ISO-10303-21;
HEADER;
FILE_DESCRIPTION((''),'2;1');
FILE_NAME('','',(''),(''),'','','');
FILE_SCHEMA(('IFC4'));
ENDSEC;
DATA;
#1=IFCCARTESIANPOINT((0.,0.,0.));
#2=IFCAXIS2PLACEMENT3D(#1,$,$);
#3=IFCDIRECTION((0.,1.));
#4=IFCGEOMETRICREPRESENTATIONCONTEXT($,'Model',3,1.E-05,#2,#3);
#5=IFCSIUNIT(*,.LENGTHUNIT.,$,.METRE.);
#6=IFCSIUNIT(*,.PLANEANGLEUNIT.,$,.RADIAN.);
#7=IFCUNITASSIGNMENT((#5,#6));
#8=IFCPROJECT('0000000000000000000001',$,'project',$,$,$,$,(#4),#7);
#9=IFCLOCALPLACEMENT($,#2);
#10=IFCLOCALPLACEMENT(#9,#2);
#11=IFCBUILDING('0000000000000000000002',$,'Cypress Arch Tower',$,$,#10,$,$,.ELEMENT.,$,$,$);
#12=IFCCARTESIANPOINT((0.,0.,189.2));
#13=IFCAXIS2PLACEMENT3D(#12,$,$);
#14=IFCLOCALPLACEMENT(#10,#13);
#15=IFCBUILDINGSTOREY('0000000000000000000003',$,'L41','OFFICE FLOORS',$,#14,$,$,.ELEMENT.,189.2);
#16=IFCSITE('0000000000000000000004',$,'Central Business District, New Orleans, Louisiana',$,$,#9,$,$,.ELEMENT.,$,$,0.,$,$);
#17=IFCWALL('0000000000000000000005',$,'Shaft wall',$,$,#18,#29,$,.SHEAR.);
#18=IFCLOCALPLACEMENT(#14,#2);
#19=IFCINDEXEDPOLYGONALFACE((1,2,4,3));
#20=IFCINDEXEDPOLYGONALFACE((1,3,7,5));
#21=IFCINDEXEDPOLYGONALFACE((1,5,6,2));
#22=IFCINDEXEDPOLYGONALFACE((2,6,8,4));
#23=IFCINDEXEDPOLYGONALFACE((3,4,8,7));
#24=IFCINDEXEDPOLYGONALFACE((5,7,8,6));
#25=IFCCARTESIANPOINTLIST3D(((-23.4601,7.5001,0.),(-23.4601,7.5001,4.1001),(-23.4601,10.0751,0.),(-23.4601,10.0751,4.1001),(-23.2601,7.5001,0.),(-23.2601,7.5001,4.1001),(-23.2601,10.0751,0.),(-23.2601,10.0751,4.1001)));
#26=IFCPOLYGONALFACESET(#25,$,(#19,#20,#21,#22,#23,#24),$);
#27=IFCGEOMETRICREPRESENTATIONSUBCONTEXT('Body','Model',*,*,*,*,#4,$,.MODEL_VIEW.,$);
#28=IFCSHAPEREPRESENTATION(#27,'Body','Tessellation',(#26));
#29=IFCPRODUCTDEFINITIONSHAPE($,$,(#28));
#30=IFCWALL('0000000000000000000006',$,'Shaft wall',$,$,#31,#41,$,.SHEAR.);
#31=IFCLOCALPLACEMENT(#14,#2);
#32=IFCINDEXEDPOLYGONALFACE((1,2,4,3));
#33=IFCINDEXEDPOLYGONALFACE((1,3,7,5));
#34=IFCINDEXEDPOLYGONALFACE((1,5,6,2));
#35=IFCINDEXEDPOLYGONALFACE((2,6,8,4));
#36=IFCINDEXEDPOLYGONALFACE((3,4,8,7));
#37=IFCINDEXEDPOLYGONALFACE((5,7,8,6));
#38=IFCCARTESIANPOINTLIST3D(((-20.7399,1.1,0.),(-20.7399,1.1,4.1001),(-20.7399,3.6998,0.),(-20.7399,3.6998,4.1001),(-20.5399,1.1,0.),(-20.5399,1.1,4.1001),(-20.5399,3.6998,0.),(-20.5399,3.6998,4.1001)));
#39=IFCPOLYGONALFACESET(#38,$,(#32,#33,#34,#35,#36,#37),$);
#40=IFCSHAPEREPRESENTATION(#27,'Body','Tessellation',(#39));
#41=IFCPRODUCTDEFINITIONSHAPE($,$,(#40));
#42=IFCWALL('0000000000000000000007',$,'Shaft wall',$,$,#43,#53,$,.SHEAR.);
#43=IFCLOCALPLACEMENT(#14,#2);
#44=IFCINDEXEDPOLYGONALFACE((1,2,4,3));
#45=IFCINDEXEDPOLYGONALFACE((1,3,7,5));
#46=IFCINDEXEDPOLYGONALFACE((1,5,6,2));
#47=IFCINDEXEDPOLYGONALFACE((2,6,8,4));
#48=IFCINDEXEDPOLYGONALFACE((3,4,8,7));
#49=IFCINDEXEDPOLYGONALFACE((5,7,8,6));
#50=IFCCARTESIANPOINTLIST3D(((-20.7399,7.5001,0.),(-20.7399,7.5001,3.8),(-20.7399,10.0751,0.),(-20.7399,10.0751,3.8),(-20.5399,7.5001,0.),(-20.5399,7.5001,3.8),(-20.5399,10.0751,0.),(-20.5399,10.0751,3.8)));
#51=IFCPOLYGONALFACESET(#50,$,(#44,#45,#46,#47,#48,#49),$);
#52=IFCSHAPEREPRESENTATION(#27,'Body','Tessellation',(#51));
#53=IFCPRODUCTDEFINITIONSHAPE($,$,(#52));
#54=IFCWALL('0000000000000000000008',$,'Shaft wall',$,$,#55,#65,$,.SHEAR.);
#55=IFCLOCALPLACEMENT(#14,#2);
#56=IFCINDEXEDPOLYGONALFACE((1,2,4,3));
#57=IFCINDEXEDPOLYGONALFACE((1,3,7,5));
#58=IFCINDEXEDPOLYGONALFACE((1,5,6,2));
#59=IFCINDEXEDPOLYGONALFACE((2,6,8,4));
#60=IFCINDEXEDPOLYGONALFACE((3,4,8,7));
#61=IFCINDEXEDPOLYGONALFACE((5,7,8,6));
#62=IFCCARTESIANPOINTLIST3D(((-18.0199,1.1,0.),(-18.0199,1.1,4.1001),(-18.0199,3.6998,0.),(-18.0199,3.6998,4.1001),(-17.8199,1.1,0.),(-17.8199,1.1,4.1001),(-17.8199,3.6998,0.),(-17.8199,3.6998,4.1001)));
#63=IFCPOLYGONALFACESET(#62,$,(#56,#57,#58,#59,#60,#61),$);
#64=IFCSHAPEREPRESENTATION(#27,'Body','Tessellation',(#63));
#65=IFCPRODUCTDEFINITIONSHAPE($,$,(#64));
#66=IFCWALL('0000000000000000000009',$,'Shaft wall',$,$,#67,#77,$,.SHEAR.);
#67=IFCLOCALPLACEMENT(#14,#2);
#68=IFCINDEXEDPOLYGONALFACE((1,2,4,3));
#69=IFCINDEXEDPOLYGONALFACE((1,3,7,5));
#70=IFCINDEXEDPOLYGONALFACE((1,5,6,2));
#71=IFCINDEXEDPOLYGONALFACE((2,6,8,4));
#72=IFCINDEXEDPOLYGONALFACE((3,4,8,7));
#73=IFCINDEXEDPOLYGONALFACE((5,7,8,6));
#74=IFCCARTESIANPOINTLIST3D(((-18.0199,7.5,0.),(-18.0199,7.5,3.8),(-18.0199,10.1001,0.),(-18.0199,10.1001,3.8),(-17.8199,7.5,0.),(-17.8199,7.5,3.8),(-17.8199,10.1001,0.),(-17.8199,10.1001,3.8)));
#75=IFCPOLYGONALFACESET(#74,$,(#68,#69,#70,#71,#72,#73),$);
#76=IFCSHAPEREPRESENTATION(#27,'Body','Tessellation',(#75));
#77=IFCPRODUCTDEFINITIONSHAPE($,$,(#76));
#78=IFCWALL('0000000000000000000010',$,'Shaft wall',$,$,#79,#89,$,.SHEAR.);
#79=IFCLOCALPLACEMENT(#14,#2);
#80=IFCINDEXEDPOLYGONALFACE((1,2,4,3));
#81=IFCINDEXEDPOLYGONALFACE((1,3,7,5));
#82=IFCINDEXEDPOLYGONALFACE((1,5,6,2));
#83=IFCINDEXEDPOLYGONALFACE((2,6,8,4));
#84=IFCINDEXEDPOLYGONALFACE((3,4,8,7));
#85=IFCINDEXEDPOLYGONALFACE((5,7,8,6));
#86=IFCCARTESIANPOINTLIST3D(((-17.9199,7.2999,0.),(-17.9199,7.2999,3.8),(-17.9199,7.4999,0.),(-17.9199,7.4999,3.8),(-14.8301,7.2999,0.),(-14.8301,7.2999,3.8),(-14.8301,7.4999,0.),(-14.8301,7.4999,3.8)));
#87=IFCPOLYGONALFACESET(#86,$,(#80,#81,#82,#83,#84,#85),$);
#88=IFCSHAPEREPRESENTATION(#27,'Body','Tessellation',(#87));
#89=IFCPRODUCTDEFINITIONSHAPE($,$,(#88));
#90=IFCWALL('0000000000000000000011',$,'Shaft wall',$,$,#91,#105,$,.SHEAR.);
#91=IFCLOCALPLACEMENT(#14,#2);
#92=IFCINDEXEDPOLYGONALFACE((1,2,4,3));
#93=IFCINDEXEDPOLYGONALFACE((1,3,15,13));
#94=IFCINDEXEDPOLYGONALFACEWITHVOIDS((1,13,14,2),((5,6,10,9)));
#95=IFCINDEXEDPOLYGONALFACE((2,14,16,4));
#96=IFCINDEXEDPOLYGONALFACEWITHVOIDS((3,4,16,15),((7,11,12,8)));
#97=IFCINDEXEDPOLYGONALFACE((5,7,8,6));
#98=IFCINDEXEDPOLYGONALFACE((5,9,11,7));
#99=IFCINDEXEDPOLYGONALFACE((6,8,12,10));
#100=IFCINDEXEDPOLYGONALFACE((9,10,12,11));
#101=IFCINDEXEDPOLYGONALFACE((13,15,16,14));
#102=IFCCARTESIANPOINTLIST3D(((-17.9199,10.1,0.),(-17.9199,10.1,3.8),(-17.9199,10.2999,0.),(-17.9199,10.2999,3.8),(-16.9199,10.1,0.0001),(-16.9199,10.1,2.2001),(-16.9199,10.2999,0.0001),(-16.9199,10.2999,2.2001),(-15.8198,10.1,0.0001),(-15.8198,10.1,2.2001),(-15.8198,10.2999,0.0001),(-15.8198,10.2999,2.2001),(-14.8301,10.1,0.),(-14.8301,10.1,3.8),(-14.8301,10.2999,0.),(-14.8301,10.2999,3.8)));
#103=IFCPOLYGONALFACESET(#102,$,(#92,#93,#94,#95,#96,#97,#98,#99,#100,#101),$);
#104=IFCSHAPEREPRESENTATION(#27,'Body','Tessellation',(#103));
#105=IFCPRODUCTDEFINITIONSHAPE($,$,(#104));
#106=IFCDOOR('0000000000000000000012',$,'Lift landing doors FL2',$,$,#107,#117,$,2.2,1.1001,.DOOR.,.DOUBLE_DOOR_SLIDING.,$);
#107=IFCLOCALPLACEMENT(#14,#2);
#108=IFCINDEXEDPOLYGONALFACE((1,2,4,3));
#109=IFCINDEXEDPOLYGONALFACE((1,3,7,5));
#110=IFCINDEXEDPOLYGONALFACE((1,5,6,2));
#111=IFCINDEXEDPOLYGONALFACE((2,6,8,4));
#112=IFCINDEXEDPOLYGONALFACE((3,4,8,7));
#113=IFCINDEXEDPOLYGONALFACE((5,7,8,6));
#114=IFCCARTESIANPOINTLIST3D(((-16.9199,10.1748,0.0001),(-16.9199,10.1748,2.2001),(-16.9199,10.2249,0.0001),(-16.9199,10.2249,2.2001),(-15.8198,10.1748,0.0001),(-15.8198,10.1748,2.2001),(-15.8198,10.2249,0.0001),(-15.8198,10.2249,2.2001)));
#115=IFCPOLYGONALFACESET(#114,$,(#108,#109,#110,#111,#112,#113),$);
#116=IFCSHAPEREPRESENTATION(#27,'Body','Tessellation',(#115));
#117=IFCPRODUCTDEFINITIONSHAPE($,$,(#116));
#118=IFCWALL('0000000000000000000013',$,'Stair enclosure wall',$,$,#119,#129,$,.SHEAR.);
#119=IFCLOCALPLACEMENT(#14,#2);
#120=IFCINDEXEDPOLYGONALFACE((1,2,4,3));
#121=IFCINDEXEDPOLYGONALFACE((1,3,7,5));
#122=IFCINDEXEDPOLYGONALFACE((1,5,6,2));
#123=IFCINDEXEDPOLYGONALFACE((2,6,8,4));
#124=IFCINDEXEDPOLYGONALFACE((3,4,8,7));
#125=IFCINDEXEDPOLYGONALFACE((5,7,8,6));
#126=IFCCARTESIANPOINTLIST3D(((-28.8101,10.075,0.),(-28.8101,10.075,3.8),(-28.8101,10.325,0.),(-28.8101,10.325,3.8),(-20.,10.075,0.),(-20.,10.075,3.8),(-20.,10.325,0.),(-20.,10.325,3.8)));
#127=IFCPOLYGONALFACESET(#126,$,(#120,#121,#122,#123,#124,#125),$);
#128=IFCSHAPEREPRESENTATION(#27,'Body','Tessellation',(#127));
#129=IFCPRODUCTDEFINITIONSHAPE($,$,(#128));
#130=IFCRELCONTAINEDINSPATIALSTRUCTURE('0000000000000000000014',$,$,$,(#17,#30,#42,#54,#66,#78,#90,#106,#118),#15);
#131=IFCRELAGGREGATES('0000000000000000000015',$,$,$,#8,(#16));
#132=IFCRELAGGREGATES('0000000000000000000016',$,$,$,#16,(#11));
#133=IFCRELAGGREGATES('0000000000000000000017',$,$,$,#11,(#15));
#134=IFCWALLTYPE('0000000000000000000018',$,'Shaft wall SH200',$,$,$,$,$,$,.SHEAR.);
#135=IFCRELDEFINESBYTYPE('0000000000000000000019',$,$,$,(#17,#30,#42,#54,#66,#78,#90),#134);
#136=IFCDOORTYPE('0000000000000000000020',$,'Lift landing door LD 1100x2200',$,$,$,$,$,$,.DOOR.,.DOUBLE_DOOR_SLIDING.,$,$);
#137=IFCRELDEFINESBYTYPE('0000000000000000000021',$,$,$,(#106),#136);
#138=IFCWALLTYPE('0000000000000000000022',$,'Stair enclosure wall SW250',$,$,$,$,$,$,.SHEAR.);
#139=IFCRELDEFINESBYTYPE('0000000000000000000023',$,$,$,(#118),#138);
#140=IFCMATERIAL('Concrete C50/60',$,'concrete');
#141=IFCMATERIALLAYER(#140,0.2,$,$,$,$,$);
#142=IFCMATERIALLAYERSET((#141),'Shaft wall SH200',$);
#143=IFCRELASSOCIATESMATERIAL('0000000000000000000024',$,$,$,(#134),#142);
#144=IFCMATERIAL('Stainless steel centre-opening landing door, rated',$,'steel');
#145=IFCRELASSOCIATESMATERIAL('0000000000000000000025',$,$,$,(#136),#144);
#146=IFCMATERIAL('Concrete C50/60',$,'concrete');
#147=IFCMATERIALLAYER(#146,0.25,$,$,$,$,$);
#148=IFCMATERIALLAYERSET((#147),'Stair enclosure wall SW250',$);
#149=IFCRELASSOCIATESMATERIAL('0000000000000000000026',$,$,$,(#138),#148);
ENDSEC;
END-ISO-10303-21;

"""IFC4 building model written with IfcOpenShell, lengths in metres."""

from ifc_helpers import new_model, si_unit, direction, frame, frame_2d, origin, place, context, subcontext, project, spatial, rectangle, extrude, material, layer, layer_set, type_object, element, fill, save


model = new_model("IFC4")

# Units and contexts
model_context = context("Model", 3, precision=1e-05, world=origin(), true_north=direction((0.0, 1.0)))
body_context = subcontext(model_context, "Body", "Model", "MODEL_VIEW")
ifc_project = project(units=[si_unit("LENGTHUNIT", "METRE"), si_unit("PLANEANGLEUNIT", "RADIAN")], contexts=[model_context])

# Site, building, storey
site_placement = place(None, origin())
site = spatial("IfcSite", under=ifc_project, at=site_placement, Name="Central Business District, New Orleans, Louisiana", CompositionType="ELEMENT", RefElevation=0.0)
building_placement = place(site_placement, origin())
building = spatial("IfcBuilding", under=site, at=building_placement, Name="Cypress Arch Tower", CompositionType="ELEMENT")
storey_placement = place(building_placement, frame((0.0, 0.0, 189.2)))
storey = spatial("IfcBuildingStorey", under=building, at=storey_placement, Name="L41", Description="OFFICE FLOORS", CompositionType="ELEMENT", Elevation=189.2)

# Shared definitions
ifc_material_1 = material(Name="Concrete C50/60", Category="concrete")
ifc_layer_1 = layer(ifc_material_1, 0.2)
ifc_layer_set_1 = layer_set([ifc_layer_1], Name="Shaft wall SH200")
wall_type_1 = type_object("IfcWallType", Name="Shaft wall SH200", PredefinedType="SHEAR", material=ifc_layer_set_1)
ifc_material_2 = material(Name="Stainless steel centre-opening landing door, rated", Category="steel")
door_type_1 = type_object("IfcDoorType", Name="Lift landing door LD 1100x2200", OperationType="DOUBLE_DOOR_SLIDING", PredefinedType="DOOR", material=ifc_material_2)

# Walls
for number, where, z_axis, x_axis, name in (
    (1, (-23.3601, 7.5, 0.0), (0.0, 0.0, 1.0), (0.0, 1.0, 0.0), "Shaft wall"),
):
    element("IfcWall", number, at=place(storey_placement, frame(where, z_axis=z_axis, x_axis=x_axis)), inside=storey, type_object=wall_type_1, Name=name, PredefinedType="SHEAR", context=body_context, shape_type="SweptSolid", body=[
        extrude(rectangle(XDim=2.575, YDim=0.2, at=frame_2d((1.2876, 0.0))), origin(), (0.0, 0.0, 1.0), 4.1001),
    ])
wall_1_placement = place(storey_placement, frame((-20.6399, 1.1001, 0.0), z_axis=(0.0, 0.0, 1.0), x_axis=(0.0, 1.0, 0.0)))
element("IfcWall", 2, at=wall_1_placement, inside=storey, type_object=wall_type_1, Name="Shaft wall", PredefinedType="SHEAR", context=body_context, shape_type="SweptSolid", body=[
    extrude(rectangle(XDim=2.5999, YDim=0.2, at=frame_2d((1.2998, 0.0))), origin(), (0.0, 0.0, 1.0), 4.1001),
])
wall_2_placement = place(storey_placement, frame((-20.6399, 7.5, 0.0), z_axis=(0.0, 0.0, 1.0), x_axis=(0.0, 1.0, 0.0)))
element("IfcWall", 3, at=wall_2_placement, inside=storey, type_object=wall_type_1, Name="Shaft wall", PredefinedType="SHEAR", context=body_context, shape_type="SweptSolid", body=[
    extrude(rectangle(XDim=2.575, YDim=0.2, at=frame_2d((1.2876, 0.0))), origin(), (0.0, 0.0, 1.0), 3.8),
])
wall_3_placement = place(storey_placement, frame((-17.9199, 1.1001, 0.0), z_axis=(0.0, 0.0, 1.0), x_axis=(0.0, 1.0, 0.0)))
element("IfcWall", 4, at=wall_3_placement, inside=storey, type_object=wall_type_1, Name="Shaft wall", PredefinedType="SHEAR", context=body_context, shape_type="SweptSolid", body=[
    extrude(rectangle(XDim=2.5999, YDim=0.2, at=frame_2d((1.2998, 0.0))), origin(), (0.0, 0.0, 1.0), 4.1001),
])
wall_4_placement = place(storey_placement, frame((-17.9199, 7.5, 0.0), z_axis=(0.0, 0.0, 1.0), x_axis=(0.0, 1.0, 0.0)))
element("IfcWall", 5, at=wall_4_placement, inside=storey, type_object=wall_type_1, Name="Shaft wall", PredefinedType="SHEAR", context=body_context, shape_type="SweptSolid", body=[
    extrude(rectangle(XDim=2.6001, YDim=0.2, at=frame_2d((1.3, 0.0))), origin(), (0.0, 0.0, 1.0), 3.8),
])
wall_5_placement = place(storey_placement, frame((-17.9199, 7.3999, 0.0), z_axis=(0.0, 0.0, 1.0), x_axis=(1.0, 0.0, 0.0)))
element("IfcWall", 6, at=wall_5_placement, inside=storey, type_object=wall_type_1, Name="Shaft wall", PredefinedType="SHEAR", context=body_context, shape_type="SweptSolid", body=[
    extrude(rectangle(XDim=3.0898, YDim=0.2, at=frame_2d((1.5449, 0.0))), origin(), (0.0, 0.0, 1.0), 3.8),
])

# Wall, opening, door
wall_6_placement = place(storey_placement, frame((-17.9199, 10.2, 0.0), z_axis=(0.0, 0.0, 1.0), x_axis=(1.0, 0.0, 0.0)))
wall_6 = element("IfcWall", 7, at=wall_6_placement, inside=storey, type_object=wall_type_1, Name="Shaft wall", PredefinedType="SHEAR", context=body_context, shape_type="SweptSolid", body=[
    extrude(rectangle(XDim=3.0898, YDim=0.2, at=frame_2d((1.5449, 0.0))), origin(), (0.0, 0.0, 1.0), 3.8),
])
opening_1_placement = place(wall_6_placement, frame((1.0, 0.0, 0.0)))
opening_1 = element("IfcOpeningElement", 8, at=opening_1_placement, cuts=wall_6, PredefinedType="OPENING", context=body_context, shape_type="SweptSolid", body=[
    extrude(rectangle(XDim=1.1001, YDim=2.2, at=frame_2d((0.55, 1.1001))), frame((0.0, 0.1099, 0.0), z_axis=(0.0, -1.0, 0.0), x_axis=(1.0, 0.0, 0.0)), (0.0, 0.0, 1.0), 0.22),
])
door_1_placement = place(opening_1_placement, origin())
door_1 = element("IfcDoor", 9, at=door_1_placement, inside=storey, type_object=door_type_1, Name="Lift landing doors FL2", OperationType="DOUBLE_DOOR_SLIDING", OverallHeight=2.2, OverallWidth=1.1001, PredefinedType="DOOR", context=body_context, shape_type="SweptSolid", body=[
    extrude(rectangle(XDim=1.1001, YDim=2.2, at=frame_2d((0.55, 1.1001))), frame((0.0, 0.0249, 0.0), z_axis=(0.0, -1.0, 0.0), x_axis=(1.0, 0.0, 0.0)), (0.0, 0.0, 1.0), 0.05),
])
fill(opening_1, door_1)

# Wall
ifc_material_3 = material(Name="Concrete C50/60", Category="concrete")
ifc_layer_2 = layer(ifc_material_3, 0.25)
ifc_layer_set_2 = layer_set([ifc_layer_2], Name="Stair enclosure wall SW250")
wall_type_2 = type_object("IfcWallType", Name="Stair enclosure wall SW250", PredefinedType="SHEAR", material=ifc_layer_set_2)
wall_7_placement = place(storey_placement, frame((-28.8101, 10.2, 0.0), z_axis=(0.0, 0.0, 1.0), x_axis=(1.0, 0.0, 0.0)))
element("IfcWall", 10, at=wall_7_placement, inside=storey, type_object=wall_type_2, Name="Stair enclosure wall", PredefinedType="SHEAR", context=body_context, shape_type="SweptSolid", body=[
    extrude(rectangle(XDim=8.8101, YDim=0.25, at=frame_2d((4.405, 0.0))), origin(), (0.0, 0.0, 1.0), 3.8),
])

save(model, "model.ifc")
